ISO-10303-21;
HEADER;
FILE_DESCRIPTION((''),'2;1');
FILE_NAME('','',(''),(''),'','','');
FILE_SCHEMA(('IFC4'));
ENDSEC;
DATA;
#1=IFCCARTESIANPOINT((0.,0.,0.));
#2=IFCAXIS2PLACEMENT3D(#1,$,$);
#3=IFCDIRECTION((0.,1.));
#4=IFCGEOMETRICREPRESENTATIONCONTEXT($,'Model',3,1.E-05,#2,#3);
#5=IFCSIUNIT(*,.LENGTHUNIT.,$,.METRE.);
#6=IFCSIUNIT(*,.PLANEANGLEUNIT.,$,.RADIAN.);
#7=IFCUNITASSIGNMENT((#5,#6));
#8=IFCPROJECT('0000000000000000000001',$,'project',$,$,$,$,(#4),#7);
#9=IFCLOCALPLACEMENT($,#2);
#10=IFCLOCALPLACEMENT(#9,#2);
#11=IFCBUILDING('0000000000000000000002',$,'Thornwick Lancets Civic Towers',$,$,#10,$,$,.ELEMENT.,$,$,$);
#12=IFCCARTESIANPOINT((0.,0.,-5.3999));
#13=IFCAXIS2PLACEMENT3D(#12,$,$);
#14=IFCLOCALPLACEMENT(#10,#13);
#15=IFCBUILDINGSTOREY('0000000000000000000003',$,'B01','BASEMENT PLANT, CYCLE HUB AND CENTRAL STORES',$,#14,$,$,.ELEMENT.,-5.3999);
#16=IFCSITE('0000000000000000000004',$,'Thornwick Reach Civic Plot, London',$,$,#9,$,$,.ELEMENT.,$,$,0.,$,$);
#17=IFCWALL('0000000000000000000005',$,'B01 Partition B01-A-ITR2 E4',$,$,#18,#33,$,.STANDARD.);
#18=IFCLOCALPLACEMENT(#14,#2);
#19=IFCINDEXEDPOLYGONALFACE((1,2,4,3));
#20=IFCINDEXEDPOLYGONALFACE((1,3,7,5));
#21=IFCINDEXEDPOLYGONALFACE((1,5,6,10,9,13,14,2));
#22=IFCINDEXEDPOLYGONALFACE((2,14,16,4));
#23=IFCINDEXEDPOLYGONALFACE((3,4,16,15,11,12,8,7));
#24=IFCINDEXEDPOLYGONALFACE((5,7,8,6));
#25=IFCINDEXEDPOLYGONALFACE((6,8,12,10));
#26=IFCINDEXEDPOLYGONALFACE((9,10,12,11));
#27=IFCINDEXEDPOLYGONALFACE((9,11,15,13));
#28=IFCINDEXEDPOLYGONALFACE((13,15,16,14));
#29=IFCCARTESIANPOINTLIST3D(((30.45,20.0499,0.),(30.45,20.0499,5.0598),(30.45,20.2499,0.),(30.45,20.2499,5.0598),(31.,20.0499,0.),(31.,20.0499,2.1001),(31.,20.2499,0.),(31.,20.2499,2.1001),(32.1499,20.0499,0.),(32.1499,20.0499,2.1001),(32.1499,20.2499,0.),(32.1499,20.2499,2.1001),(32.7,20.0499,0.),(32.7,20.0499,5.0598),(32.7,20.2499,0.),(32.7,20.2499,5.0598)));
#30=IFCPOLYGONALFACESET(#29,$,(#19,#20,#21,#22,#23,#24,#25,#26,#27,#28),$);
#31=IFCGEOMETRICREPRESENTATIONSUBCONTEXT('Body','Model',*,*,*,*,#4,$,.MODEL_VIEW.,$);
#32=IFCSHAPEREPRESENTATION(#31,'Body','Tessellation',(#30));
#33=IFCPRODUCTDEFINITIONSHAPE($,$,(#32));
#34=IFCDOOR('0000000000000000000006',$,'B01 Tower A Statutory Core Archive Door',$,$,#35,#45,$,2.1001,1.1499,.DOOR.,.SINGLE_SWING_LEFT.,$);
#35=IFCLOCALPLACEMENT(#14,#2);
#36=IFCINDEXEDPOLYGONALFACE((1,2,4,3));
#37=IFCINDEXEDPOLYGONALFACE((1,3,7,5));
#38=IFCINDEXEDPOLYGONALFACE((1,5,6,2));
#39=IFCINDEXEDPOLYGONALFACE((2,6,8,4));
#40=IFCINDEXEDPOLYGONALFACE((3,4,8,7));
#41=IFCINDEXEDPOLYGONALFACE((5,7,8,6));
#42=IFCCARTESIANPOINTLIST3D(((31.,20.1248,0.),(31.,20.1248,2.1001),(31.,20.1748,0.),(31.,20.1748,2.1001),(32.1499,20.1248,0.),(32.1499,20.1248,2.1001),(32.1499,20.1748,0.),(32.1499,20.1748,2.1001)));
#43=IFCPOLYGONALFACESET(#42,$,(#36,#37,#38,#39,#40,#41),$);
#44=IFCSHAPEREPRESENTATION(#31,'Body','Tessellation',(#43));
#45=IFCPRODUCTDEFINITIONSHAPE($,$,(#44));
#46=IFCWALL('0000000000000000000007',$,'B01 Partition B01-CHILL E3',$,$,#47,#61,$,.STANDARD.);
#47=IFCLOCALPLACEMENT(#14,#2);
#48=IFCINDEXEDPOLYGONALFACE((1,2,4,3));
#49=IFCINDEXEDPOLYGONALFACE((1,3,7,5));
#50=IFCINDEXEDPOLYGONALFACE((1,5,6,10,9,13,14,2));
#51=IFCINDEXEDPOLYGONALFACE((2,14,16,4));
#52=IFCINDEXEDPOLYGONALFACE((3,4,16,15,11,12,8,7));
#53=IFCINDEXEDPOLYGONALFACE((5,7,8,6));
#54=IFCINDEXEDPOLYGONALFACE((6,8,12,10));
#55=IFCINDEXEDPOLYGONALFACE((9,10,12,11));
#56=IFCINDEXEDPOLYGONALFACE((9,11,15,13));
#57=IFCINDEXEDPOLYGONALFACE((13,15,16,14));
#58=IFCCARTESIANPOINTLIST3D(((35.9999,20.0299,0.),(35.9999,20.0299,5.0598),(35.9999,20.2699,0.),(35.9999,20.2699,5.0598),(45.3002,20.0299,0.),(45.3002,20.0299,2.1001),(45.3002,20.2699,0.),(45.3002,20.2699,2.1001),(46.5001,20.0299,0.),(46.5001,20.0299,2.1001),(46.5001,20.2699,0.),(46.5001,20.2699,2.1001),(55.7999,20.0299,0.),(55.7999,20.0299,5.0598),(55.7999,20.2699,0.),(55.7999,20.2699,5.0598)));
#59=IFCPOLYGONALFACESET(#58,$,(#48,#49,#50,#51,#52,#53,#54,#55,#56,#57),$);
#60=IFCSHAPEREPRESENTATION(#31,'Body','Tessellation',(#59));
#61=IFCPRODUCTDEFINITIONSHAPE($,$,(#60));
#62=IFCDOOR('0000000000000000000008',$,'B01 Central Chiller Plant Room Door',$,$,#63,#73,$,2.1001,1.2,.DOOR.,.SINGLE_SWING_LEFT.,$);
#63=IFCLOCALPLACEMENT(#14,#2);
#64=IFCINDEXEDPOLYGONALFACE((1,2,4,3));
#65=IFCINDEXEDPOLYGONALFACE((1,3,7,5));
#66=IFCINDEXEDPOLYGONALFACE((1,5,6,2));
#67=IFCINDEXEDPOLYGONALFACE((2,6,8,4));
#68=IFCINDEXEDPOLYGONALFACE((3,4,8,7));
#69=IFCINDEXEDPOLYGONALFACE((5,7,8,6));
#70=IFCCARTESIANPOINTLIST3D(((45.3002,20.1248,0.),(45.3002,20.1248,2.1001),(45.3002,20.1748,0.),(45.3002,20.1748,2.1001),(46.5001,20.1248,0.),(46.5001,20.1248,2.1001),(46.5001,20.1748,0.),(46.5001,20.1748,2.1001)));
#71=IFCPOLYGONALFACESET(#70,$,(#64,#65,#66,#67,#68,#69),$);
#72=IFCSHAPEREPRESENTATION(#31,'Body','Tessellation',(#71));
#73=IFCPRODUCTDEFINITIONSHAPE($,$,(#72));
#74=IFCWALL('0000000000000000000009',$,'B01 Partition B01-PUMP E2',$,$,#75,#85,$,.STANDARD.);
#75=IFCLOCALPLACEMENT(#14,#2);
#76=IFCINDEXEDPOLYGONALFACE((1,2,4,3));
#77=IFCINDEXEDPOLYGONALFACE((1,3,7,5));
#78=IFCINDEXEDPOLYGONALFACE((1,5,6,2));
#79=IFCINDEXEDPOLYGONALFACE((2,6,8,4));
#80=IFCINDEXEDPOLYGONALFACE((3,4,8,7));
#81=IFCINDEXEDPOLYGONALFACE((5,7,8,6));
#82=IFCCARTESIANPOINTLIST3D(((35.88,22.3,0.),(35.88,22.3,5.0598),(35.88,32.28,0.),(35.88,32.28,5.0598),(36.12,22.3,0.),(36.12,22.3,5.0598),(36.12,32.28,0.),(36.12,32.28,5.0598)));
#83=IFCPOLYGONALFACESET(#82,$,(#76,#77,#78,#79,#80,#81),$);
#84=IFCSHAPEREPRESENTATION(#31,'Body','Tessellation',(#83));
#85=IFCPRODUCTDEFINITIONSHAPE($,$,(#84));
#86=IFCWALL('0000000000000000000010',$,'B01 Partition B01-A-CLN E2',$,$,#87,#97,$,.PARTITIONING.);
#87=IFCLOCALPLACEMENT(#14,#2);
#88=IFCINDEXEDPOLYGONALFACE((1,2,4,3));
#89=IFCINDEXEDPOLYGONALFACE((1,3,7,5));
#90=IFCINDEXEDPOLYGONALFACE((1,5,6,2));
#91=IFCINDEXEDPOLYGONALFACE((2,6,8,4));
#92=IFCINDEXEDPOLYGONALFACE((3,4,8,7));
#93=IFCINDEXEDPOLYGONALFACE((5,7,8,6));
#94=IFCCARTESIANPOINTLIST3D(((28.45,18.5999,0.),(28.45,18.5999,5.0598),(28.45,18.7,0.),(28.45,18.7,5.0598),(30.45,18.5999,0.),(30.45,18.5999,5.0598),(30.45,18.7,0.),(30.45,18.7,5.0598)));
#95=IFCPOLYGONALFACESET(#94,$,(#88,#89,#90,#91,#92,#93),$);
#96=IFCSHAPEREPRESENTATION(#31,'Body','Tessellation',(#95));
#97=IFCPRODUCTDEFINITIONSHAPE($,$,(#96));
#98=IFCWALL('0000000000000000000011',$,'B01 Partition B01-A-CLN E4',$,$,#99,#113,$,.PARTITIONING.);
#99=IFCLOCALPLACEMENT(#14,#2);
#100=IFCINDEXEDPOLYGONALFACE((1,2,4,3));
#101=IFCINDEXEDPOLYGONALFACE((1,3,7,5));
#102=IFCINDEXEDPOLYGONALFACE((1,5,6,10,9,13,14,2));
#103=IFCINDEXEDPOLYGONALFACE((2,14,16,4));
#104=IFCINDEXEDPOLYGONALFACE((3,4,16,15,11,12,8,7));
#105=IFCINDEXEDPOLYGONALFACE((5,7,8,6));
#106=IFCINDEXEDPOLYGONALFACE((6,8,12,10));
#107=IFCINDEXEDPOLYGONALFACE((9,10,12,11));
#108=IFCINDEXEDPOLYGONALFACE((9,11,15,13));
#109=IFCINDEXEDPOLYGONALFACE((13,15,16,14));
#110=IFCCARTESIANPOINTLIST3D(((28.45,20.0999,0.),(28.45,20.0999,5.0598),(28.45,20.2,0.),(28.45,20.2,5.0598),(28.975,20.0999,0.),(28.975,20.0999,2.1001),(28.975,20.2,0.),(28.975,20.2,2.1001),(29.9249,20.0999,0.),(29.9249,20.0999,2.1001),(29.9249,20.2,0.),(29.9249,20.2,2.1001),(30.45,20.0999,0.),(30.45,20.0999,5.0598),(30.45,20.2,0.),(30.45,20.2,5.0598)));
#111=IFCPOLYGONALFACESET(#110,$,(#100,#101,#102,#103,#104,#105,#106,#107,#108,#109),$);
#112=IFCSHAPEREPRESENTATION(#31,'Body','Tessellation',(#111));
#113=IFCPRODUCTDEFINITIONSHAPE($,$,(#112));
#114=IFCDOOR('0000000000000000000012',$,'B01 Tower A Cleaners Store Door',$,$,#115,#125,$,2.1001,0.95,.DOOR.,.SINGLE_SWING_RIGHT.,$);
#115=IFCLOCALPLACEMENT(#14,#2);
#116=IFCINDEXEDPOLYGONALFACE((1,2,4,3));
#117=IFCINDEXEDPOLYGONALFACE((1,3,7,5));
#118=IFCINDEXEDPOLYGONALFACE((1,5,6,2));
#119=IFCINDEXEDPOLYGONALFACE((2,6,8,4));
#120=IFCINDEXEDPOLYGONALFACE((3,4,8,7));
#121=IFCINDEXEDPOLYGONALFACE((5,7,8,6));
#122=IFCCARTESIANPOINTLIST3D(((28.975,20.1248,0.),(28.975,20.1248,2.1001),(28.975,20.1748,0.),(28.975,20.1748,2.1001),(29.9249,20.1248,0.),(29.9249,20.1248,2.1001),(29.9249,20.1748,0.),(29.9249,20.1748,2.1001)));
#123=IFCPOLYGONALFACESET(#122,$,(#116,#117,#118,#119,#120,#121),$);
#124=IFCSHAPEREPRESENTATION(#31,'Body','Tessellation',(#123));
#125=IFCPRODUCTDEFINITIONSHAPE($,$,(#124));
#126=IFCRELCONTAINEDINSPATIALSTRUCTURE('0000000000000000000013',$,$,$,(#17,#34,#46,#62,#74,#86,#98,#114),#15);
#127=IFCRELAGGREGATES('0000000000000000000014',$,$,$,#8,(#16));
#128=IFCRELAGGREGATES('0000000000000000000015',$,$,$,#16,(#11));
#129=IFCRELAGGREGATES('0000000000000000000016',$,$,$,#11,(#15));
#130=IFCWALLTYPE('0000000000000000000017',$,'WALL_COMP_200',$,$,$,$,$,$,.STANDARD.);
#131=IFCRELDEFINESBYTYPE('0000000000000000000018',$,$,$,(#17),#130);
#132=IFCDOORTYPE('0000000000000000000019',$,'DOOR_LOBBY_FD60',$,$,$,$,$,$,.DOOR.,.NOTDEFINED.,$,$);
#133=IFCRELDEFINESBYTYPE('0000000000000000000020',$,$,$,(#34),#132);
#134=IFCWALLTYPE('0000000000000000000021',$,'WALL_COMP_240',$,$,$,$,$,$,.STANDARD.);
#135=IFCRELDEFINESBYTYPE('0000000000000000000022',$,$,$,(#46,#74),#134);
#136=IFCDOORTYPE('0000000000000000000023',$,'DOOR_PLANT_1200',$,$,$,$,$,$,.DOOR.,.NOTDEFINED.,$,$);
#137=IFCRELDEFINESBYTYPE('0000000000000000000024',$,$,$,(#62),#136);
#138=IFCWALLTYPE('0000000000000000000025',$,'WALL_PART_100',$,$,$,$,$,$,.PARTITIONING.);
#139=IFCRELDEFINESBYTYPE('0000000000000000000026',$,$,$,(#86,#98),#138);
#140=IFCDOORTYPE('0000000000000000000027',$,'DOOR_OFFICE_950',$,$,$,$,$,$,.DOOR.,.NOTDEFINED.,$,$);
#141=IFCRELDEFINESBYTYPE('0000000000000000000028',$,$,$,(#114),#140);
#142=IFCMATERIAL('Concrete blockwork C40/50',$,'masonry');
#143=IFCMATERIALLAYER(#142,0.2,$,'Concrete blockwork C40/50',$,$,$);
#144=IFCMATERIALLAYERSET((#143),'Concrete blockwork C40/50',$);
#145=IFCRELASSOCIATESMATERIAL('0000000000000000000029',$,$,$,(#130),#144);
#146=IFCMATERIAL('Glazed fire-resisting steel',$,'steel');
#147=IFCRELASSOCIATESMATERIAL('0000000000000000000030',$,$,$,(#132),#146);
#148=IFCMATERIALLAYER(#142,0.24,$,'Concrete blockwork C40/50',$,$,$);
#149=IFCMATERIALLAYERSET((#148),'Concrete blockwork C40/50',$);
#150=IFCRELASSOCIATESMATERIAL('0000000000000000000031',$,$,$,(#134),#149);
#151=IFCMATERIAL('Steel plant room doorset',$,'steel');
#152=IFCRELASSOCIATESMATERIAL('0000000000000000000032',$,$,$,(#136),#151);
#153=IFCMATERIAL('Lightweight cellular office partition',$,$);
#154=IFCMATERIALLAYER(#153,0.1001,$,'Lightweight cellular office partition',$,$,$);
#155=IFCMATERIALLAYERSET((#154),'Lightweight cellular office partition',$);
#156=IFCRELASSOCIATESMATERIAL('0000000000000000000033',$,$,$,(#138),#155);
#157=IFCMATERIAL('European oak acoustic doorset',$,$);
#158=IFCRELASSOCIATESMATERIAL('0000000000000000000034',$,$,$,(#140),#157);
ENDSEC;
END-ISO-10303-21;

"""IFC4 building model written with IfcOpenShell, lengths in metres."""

from ifc_helpers import new_model, si_unit, direction, frame, frame_2d, origin, place, context, subcontext, project, spatial, rectangle, extrude, material, layer, layer_set, type_object, element, fill, save


model = new_model("IFC4")

# Units and contexts
model_context = context("Model", 3, precision=1e-05, world=origin(), true_north=direction((0.0, 1.0)))
body_context = subcontext(model_context, "Body", "Model", "MODEL_VIEW")
ifc_project = project(units=[si_unit("LENGTHUNIT", "METRE"), si_unit("PLANEANGLEUNIT", "RADIAN")], contexts=[model_context])

# Site, building, storey
site_placement = place(None, origin())
site = spatial("IfcSite", under=ifc_project, at=site_placement, Name="Thornwick Reach Civic Plot, London", CompositionType="ELEMENT", RefElevation=0.0)
building_placement = place(site_placement, origin())
building = spatial("IfcBuilding", under=site, at=building_placement, Name="Thornwick Lancets Civic Towers", CompositionType="ELEMENT")
storey_placement = place(building_placement, frame((0.0, 0.0, -5.3999)))
storey = spatial("IfcBuildingStorey", under=building, at=storey_placement, Name="B01", Description="BASEMENT PLANT, CYCLE HUB AND CENTRAL STORES", CompositionType="ELEMENT", Elevation=-5.3999)

# Shared definitions
ifc_material_1 = material(Name="Concrete blockwork C40/50", Category="masonry")
ifc_layer_1 = layer(ifc_material_1, 0.2, Name="Concrete blockwork C40/50")
ifc_layer_set_1 = layer_set([ifc_layer_1], Name="Concrete blockwork C40/50")
wall_type_1 = type_object("IfcWallType", Name="WALL_COMP_200", PredefinedType="STANDARD", material=ifc_layer_set_1)

# Walls, openings, doors
wall_1_placement = place(storey_placement, frame((30.45, 20.1499, 0.0), z_axis=(0.0, 0.0, 1.0), x_axis=(1.0, 0.0, 0.0)))
wall_1 = element("IfcWall", 1, at=wall_1_placement, inside=storey, type_object=wall_type_1, Name="B01 Partition B01-A-ITR2 E4", PredefinedType="STANDARD", context=body_context, shape_type="SweptSolid", body=[
    extrude(rectangle(XDim=2.25, YDim=0.2, at=frame_2d((1.125, 0.0))), origin(), (0.0, 0.0, 1.0), 5.0598),
])
opening_1_placement = place(wall_1_placement, frame((0.55, 0.0, 0.0)))
opening_1 = element("IfcOpeningElement", 2, at=opening_1_placement, cuts=wall_1, PredefinedType="OPENING", context=body_context, shape_type="SweptSolid", body=[
    extrude(rectangle(XDim=1.1499, YDim=2.1001, at=frame_2d((0.575, 1.05))), frame((0.0, 0.1099, 0.0), z_axis=(0.0, -1.0, 0.0), x_axis=(1.0, 0.0, 0.0)), (0.0, 0.0, 1.0), 0.22),
])
ifc_material_2 = material(Name="Glazed fire-resisting steel", Category="steel")
door_type_1 = type_object("IfcDoorType", Name="DOOR_LOBBY_FD60", OperationType="NOTDEFINED", PredefinedType="DOOR", material=ifc_material_2)
door_1_placement = place(opening_1_placement, origin())
door_1 = element("IfcDoor", 3, at=door_1_placement, inside=storey, type_object=door_type_1, Name="B01 Tower A Statutory Core Archive Door", OperationType="SINGLE_SWING_LEFT", OverallHeight=2.1001, OverallWidth=1.1499, PredefinedType="DOOR", context=body_context, shape_type="SweptSolid", body=[
    extrude(rectangle(XDim=1.1499, YDim=2.1001, at=frame_2d((0.575, 1.05))), frame((0.0, 0.0249, 0.0), z_axis=(0.0, -1.0, 0.0), x_axis=(1.0, 0.0, 0.0)), (0.0, 0.0, 1.0), 0.05),
])
fill(opening_1, door_1)
ifc_layer_2 = layer(ifc_material_1, 0.24, Name="Concrete blockwork C40/50")
ifc_layer_set_2 = layer_set([ifc_layer_2], Name="Concrete blockwork C40/50")
wall_type_2 = type_object("IfcWallType", Name="WALL_COMP_240", PredefinedType="STANDARD", material=ifc_layer_set_2)
wall_2_placement = place(storey_placement, frame((36.0, 20.1499, 0.0), z_axis=(0.0, 0.0, 1.0), x_axis=(1.0, 0.0, 0.0)))
wall_2 = element("IfcWall", 4, at=wall_2_placement, inside=storey, type_object=wall_type_2, Name="B01 Partition B01-CHILL E3", PredefinedType="STANDARD", context=body_context, shape_type="SweptSolid", body=[
    extrude(rectangle(XDim=19.8, YDim=0.24, at=frame_2d((9.8999, 0.0))), origin(), (0.0, 0.0, 1.0), 5.0598),
])
opening_2_placement = place(wall_2_placement, frame((9.3, 0.0, 0.0)))
opening_2 = element("IfcOpeningElement", 5, at=opening_2_placement, cuts=wall_2, PredefinedType="OPENING", context=body_context, shape_type="SweptSolid", body=[
    extrude(rectangle(XDim=1.2, YDim=2.1001, at=frame_2d((0.6001, 1.05))), frame((0.0, 0.1299, 0.0), z_axis=(0.0, -1.0, 0.0), x_axis=(1.0, 0.0, 0.0)), (0.0, 0.0, 1.0), 0.26),
])
ifc_material_3 = material(Name="Steel plant room doorset", Category="steel")
door_type_2 = type_object("IfcDoorType", Name="DOOR_PLANT_1200", OperationType="NOTDEFINED", PredefinedType="DOOR", material=ifc_material_3)
door_2_placement = place(opening_2_placement, origin())
door_2 = element("IfcDoor", 6, at=door_2_placement, inside=storey, type_object=door_type_2, Name="B01 Central Chiller Plant Room Door", OperationType="SINGLE_SWING_LEFT", OverallHeight=2.1001, OverallWidth=1.2, PredefinedType="DOOR", context=body_context, shape_type="SweptSolid", body=[
    extrude(rectangle(XDim=1.2, YDim=2.1001, at=frame_2d((0.6001, 1.05))), frame((0.0, 0.0249, 0.0), z_axis=(0.0, -1.0, 0.0), x_axis=(1.0, 0.0, 0.0)), (0.0, 0.0, 1.0), 0.05),
])
fill(opening_2, door_2)

# Walls
wall_3_placement = place(storey_placement, frame((36.0, 22.3, 0.0), z_axis=(0.0, 0.0, 1.0), x_axis=(0.0, 1.0, 0.0)))
element("IfcWall", 7, at=wall_3_placement, inside=storey, type_object=wall_type_2, Name="B01 Partition B01-PUMP E2", PredefinedType="STANDARD", context=body_context, shape_type="SweptSolid", body=[
    extrude(rectangle(XDim=9.98, YDim=0.24, at=frame_2d((4.99, 0.0))), origin(), (0.0, 0.0, 1.0), 5.0598),
])
ifc_material_4 = material(Name="Lightweight cellular office partition")
ifc_layer_3 = layer(ifc_material_4, 0.1001, Name="Lightweight cellular office partition")
ifc_layer_set_3 = layer_set([ifc_layer_3], Name="Lightweight cellular office partition")
wall_type_3 = type_object("IfcWallType", Name="WALL_PART_100", PredefinedType="PARTITIONING", material=ifc_layer_set_3)
wall_4_placement = place(storey_placement, frame((30.45, 18.6499, 0.0), z_axis=(0.0, 0.0, 1.0), x_axis=(-1.0, 0.0, 0.0)))
element("IfcWall", 8, at=wall_4_placement, inside=storey, type_object=wall_type_3, Name="B01 Partition B01-A-CLN E2", PredefinedType="PARTITIONING", context=body_context, shape_type="SweptSolid", body=[
    extrude(rectangle(XDim=2.0, YDim=0.1001, at=frame_2d((1.0, 0.0))), origin(), (0.0, 0.0, 1.0), 5.0598),
])

# Wall, opening, door
wall_5_placement = place(storey_placement, frame((28.45, 20.1499, 0.0), z_axis=(0.0, 0.0, 1.0), x_axis=(1.0, 0.0, 0.0)))
wall_5 = element("IfcWall", 9, at=wall_5_placement, inside=storey, type_object=wall_type_3, Name="B01 Partition B01-A-CLN E4", PredefinedType="PARTITIONING", context=body_context, shape_type="SweptSolid", body=[
    extrude(rectangle(XDim=2.0, YDim=0.1001, at=frame_2d((1.0, 0.0))), origin(), (0.0, 0.0, 1.0), 5.0598),
])
opening_3_placement = place(wall_5_placement, frame((0.5249, 0.0, 0.0)))
opening_3 = element("IfcOpeningElement", 10, at=opening_3_placement, cuts=wall_5, PredefinedType="OPENING", context=body_context, shape_type="SweptSolid", body=[
    extrude(rectangle(XDim=0.95, YDim=2.1001, at=frame_2d((0.4751, 1.05))), frame((0.0, 0.0601, 0.0), z_axis=(0.0, -1.0, 0.0), x_axis=(1.0, 0.0, 0.0)), (0.0, 0.0, 1.0), 0.1201),
])
ifc_material_5 = material(Name="European oak acoustic doorset")
door_type_3 = type_object("IfcDoorType", Name="DOOR_OFFICE_950", OperationType="NOTDEFINED", PredefinedType="DOOR", material=ifc_material_5)
door_3_placement = place(opening_3_placement, origin())
door_3 = element("IfcDoor", 11, at=door_3_placement, inside=storey, type_object=door_type_3, Name="B01 Tower A Cleaners Store Door", OperationType="SINGLE_SWING_RIGHT", OverallHeight=2.1001, OverallWidth=0.95, PredefinedType="DOOR", context=body_context, shape_type="SweptSolid", body=[
    extrude(rectangle(XDim=0.95, YDim=2.1001, at=frame_2d((0.4751, 1.05))), frame((0.0, 0.0249, 0.0), z_axis=(0.0, -1.0, 0.0), x_axis=(1.0, 0.0, 0.0)), (0.0, 0.0, 1.0), 0.05),
])
fill(opening_3, door_3)

save(model, "model.ifc")
